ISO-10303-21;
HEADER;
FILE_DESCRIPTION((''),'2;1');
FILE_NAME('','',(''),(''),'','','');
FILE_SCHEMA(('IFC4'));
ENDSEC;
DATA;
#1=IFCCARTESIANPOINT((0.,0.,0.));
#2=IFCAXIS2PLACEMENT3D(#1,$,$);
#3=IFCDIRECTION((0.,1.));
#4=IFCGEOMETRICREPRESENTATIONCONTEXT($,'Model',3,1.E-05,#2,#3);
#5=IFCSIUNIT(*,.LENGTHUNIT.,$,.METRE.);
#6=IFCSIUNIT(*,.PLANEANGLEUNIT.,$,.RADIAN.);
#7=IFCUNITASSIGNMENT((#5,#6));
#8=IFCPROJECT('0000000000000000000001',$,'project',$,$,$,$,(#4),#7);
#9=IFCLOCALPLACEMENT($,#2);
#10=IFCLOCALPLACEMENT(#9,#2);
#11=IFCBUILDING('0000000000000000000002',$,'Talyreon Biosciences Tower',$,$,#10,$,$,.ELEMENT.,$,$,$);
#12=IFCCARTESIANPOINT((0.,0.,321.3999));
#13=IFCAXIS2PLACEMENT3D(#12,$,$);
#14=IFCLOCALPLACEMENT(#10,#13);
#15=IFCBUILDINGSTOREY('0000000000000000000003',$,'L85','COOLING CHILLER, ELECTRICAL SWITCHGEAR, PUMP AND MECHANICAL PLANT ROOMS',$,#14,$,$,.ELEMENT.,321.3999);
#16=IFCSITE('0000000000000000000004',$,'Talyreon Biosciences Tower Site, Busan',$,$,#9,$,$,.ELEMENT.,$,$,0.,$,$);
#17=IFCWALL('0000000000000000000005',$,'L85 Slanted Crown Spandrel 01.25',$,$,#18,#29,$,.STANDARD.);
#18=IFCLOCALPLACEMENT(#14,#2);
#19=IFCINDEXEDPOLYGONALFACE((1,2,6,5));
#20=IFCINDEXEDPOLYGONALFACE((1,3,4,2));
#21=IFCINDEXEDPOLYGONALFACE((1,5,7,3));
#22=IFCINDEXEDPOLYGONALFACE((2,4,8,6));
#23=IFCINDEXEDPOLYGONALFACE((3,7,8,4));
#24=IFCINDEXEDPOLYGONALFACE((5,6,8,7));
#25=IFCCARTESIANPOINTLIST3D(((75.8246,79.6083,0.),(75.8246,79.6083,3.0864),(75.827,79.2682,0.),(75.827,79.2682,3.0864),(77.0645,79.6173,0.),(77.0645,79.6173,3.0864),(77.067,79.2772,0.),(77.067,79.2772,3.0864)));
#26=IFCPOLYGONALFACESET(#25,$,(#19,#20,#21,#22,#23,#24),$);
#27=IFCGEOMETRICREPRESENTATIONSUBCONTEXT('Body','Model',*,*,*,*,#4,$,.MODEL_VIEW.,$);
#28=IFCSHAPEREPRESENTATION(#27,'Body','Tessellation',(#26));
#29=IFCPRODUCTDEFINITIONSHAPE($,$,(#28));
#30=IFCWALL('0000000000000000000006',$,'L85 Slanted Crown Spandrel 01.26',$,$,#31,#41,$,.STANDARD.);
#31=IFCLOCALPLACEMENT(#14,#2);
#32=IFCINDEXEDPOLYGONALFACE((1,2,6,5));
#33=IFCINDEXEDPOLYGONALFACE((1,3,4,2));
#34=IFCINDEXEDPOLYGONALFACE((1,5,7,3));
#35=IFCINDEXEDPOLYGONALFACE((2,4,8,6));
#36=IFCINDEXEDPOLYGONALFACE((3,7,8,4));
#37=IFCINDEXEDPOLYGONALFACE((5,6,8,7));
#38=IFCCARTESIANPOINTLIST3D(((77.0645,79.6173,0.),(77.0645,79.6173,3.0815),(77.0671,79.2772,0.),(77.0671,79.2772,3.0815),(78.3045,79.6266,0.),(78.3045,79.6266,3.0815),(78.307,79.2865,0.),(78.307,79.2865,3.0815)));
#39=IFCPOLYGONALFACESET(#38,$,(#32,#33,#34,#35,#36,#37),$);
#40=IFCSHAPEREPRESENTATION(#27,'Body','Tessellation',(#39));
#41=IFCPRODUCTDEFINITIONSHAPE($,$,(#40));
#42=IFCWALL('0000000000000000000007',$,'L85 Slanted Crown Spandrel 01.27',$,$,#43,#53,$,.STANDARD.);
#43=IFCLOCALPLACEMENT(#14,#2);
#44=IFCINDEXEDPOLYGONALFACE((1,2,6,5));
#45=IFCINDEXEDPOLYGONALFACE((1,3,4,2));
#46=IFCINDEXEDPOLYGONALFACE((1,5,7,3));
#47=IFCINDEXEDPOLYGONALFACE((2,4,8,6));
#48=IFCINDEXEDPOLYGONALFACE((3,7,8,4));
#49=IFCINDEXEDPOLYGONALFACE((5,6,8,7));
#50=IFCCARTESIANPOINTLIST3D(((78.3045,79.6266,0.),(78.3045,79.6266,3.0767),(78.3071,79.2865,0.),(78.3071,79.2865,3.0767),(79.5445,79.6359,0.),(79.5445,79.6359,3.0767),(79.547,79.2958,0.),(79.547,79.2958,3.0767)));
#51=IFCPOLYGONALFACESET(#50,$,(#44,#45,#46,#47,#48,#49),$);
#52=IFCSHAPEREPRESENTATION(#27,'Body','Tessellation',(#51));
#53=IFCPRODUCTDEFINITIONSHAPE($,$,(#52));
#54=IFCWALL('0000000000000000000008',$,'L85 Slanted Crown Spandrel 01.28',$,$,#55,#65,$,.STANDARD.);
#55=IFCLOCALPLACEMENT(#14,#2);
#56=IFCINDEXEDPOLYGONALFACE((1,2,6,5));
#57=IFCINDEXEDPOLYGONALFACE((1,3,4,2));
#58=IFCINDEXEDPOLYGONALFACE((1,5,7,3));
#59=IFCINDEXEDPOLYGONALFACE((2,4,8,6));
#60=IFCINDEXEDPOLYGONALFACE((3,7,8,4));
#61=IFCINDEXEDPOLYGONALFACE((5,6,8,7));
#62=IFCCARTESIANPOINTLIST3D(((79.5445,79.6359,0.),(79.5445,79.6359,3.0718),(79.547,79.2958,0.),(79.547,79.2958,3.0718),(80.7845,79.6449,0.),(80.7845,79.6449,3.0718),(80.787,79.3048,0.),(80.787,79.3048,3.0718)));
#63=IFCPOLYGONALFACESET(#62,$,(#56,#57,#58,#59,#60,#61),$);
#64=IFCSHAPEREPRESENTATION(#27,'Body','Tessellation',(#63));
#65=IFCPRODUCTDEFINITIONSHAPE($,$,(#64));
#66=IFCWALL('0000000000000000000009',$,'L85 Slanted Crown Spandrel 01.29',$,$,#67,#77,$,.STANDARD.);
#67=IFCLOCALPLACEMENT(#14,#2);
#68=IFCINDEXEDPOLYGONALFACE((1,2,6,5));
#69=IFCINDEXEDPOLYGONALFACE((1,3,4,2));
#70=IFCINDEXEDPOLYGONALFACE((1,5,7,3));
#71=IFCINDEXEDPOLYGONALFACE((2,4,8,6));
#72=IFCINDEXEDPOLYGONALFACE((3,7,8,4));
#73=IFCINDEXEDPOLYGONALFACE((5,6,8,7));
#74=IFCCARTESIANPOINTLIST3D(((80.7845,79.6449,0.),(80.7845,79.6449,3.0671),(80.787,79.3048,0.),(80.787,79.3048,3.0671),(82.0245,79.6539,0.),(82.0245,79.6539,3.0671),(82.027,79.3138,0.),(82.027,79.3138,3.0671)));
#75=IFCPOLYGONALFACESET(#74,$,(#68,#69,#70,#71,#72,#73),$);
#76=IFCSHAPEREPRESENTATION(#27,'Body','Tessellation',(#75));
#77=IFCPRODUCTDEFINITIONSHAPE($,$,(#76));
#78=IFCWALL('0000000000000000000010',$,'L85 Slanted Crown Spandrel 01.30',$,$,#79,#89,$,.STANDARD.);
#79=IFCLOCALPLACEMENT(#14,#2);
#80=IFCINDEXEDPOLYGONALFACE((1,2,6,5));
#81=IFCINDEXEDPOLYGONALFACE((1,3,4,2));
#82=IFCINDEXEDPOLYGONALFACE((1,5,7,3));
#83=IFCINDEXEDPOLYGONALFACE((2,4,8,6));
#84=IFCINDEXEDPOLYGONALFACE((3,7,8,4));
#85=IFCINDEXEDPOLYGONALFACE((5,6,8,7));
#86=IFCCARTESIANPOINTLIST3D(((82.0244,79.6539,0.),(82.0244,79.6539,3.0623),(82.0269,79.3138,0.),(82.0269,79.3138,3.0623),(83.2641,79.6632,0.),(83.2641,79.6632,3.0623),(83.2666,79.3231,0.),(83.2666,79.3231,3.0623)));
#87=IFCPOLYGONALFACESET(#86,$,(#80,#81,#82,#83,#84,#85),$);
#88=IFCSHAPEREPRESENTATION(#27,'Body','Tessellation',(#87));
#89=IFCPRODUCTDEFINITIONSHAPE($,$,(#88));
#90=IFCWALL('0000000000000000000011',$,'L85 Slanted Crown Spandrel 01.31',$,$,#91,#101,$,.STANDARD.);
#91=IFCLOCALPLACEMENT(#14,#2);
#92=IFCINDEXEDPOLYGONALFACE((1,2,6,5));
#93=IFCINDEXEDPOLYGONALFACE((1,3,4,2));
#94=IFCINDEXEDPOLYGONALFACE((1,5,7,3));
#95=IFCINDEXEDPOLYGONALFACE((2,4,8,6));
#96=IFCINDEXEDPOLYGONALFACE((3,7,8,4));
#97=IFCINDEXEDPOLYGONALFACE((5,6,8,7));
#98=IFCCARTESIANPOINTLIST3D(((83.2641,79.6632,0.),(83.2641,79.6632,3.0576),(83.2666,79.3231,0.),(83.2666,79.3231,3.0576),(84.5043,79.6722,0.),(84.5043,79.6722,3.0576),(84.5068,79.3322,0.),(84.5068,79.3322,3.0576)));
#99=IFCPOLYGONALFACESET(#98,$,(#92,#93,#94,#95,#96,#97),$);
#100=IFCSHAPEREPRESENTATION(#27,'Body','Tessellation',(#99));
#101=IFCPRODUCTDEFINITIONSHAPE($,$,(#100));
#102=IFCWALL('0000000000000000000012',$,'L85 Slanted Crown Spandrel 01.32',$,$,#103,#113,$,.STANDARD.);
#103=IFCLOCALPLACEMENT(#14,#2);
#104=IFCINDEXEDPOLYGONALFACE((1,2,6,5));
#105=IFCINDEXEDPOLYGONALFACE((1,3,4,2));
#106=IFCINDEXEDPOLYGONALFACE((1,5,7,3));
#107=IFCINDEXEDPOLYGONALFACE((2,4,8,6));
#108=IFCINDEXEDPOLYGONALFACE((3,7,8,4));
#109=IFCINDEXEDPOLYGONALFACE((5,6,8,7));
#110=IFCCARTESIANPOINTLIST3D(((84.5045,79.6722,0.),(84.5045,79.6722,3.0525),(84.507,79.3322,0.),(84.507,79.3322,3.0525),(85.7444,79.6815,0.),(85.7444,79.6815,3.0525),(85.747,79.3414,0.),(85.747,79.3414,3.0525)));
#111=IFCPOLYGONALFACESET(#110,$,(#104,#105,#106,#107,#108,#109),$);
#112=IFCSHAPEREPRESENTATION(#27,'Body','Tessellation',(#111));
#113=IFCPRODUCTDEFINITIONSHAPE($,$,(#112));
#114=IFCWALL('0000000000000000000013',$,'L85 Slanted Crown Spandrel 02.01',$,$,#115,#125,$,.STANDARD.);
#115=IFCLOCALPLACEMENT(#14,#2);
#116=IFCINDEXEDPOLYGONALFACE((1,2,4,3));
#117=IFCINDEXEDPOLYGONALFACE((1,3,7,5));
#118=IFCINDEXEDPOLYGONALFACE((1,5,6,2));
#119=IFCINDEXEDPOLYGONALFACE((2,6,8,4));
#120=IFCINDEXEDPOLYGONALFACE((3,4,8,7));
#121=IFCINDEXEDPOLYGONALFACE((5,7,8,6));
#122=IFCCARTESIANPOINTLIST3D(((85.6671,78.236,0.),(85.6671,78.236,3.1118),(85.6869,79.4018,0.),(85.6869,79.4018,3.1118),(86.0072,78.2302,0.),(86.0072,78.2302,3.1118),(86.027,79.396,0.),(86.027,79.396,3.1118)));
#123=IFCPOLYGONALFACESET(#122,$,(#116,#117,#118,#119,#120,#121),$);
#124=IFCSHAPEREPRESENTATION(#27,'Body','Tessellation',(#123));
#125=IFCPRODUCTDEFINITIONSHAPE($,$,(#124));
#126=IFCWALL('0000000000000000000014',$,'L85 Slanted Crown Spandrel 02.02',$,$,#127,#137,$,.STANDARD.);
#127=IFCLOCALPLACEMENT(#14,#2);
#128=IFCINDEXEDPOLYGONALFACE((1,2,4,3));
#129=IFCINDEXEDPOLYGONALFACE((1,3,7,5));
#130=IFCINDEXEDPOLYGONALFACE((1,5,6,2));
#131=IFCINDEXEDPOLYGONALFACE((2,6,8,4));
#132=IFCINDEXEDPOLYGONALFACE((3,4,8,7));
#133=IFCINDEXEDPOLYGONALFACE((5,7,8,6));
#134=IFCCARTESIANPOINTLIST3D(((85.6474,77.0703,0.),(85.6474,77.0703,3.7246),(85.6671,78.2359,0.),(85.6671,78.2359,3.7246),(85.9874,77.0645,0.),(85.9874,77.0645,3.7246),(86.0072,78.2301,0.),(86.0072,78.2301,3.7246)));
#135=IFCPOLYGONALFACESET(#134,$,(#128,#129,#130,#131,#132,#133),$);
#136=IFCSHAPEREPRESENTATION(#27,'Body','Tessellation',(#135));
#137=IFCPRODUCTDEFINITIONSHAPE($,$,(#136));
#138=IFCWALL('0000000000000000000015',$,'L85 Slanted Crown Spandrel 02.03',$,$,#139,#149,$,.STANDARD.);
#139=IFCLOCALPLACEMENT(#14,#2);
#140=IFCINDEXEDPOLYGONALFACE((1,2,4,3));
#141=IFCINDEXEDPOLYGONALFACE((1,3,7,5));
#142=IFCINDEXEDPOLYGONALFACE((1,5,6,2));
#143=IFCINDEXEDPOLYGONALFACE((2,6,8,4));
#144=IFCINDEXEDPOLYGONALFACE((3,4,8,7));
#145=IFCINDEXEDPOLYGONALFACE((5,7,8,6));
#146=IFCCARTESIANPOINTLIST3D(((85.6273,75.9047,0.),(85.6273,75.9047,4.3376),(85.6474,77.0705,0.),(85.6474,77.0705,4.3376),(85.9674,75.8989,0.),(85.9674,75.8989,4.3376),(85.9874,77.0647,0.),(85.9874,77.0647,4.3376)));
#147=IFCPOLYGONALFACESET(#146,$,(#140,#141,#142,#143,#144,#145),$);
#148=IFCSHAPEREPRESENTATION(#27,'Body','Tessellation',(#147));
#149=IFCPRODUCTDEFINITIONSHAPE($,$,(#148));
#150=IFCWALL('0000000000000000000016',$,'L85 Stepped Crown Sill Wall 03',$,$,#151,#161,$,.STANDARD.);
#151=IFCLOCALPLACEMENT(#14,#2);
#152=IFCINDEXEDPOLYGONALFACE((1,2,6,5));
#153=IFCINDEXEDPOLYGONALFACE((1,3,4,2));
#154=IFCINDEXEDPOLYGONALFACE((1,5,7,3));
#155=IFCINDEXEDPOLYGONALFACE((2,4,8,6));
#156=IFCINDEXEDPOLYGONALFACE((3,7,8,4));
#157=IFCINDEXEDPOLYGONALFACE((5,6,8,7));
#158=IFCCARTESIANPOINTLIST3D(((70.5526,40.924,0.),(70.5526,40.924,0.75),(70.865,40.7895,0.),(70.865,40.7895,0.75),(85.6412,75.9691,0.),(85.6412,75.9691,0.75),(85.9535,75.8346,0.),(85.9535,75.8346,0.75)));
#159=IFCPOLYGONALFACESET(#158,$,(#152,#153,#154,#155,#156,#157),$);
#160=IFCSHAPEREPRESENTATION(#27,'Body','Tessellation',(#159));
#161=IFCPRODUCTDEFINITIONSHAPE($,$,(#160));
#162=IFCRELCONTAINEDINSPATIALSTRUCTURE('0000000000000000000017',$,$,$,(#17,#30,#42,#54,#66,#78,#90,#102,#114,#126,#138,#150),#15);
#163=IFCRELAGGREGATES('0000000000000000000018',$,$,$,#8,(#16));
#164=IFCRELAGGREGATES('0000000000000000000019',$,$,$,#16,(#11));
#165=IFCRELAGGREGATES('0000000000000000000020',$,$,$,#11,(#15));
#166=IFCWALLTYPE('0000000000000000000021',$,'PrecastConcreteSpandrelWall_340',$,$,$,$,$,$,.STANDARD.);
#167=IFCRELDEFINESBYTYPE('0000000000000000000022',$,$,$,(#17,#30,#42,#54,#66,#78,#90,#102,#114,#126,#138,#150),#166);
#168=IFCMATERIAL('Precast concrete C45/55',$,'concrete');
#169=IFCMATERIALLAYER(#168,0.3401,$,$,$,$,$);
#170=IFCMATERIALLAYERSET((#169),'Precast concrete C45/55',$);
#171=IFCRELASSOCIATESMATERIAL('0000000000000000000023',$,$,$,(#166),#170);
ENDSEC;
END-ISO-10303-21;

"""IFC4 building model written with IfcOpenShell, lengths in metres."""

from ifc_helpers import new_model, si_unit, direction, frame, frame_2d, origin, place, context, subcontext, project, spatial, rectangle, extrude, material, layer, layer_set, type_object, element, save


model = new_model("IFC4")

# Units and contexts
model_context = context("Model", 3, precision=1e-05, world=origin(), true_north=direction((0.0, 1.0)))
body_context = subcontext(model_context, "Body", "Model", "MODEL_VIEW")
ifc_project = project(units=[si_unit("LENGTHUNIT", "METRE"), si_unit("PLANEANGLEUNIT", "RADIAN")], contexts=[model_context])

# Site, building, storey
site_placement = place(None, origin())
site = spatial("IfcSite", under=ifc_project, at=site_placement, Name="Talyreon Biosciences Tower Site, Busan", CompositionType="ELEMENT", RefElevation=0.0)
building_placement = place(site_placement, origin())
building = spatial("IfcBuilding", under=site, at=building_placement, Name="Talyreon Biosciences Tower", CompositionType="ELEMENT")
storey_placement = place(building_placement, frame((0.0, 0.0, 321.3999)))
storey = spatial("IfcBuildingStorey", under=building, at=storey_placement, Name="L85", Description="COOLING CHILLER, ELECTRICAL SWITCHGEAR, PUMP AND MECHANICAL PLANT ROOMS", CompositionType="ELEMENT", Elevation=321.3999)

# Walls
ifc_material_1 = material(Name="Precast concrete C45/55", Category="concrete")
ifc_layer_1 = layer(ifc_material_1, 0.3401)
ifc_layer_set_1 = layer_set([ifc_layer_1], Name="Precast concrete C45/55")
wall_type = type_object("IfcWallType", Name="PrecastConcreteSpandrelWall_340", PredefinedType="STANDARD", material=ifc_layer_set_1)
wall_1_placement = place(storey_placement, frame((75.8257, 79.4382, 0.0), z_axis=(0.0, 0.0, 1.0), x_axis=(0.999973, 0.007285, 0.0)))
element("IfcWall", 1, at=wall_1_placement, inside=storey, type_object=wall_type, Name="L85 Slanted Crown Spandrel 01.25", PredefinedType="STANDARD", context=body_context, shape_type="SweptSolid", body=[
    extrude(rectangle(XDim=1.24, YDim=0.3401, at=frame_2d((0.6201, 0.0))), origin(), (0.0, 0.0, 1.0), 3.0864),
])
wall_2_placement = place(storey_placement, frame((77.0657, 79.4473, 0.0), z_axis=(0.0, 0.0, 1.0), x_axis=(0.999972, 0.007482, 0.0)))
element("IfcWall", 2, at=wall_2_placement, inside=storey, type_object=wall_type, Name="L85 Slanted Crown Spandrel 01.26", PredefinedType="STANDARD", context=body_context, shape_type="SweptSolid", body=[
    extrude(rectangle(XDim=1.24, YDim=0.3401, at=frame_2d((0.6201, 0.0))), origin(), (0.0, 0.0, 1.0), 3.0815),
])
wall_3_placement = place(storey_placement, frame((78.3057, 79.4565, 0.0), z_axis=(0.0, 0.0, 1.0), x_axis=(0.999972, 0.007482, 0.0)))
element("IfcWall", 3, at=wall_3_placement, inside=storey, type_object=wall_type, Name="L85 Slanted Crown Spandrel 01.27", PredefinedType="STANDARD", context=body_context, shape_type="SweptSolid", body=[
    extrude(rectangle(XDim=1.24, YDim=0.3401, at=frame_2d((0.6201, 0.0))), origin(), (0.0, 0.0, 1.0), 3.0767),
])
wall_4_placement = place(storey_placement, frame((79.5457, 79.4658, 0.0), z_axis=(0.0, 0.0, 1.0), x_axis=(0.999973, 0.007285, 0.0)))
element("IfcWall", 4, at=wall_4_placement, inside=storey, type_object=wall_type, Name="L85 Slanted Crown Spandrel 01.28", PredefinedType="STANDARD", context=body_context, shape_type="SweptSolid", body=[
    extrude(rectangle(XDim=1.24, YDim=0.3401, at=frame_2d((0.6201, 0.0))), origin(), (0.0, 0.0, 1.0), 3.0718),
])
wall_5_placement = place(storey_placement, frame((80.7856, 79.4749, 0.0), z_axis=(0.0, 0.0, 1.0), x_axis=(0.999973, 0.007285, 0.0)))
element("IfcWall", 5, at=wall_5_placement, inside=storey, type_object=wall_type, Name="L85 Slanted Crown Spandrel 01.29", PredefinedType="STANDARD", context=body_context, shape_type="SweptSolid", body=[
    extrude(rectangle(XDim=1.24, YDim=0.3401, at=frame_2d((0.6201, 0.0))), origin(), (0.0, 0.0, 1.0), 3.0671),
])
wall_6_placement = place(storey_placement, frame((82.0256, 79.4839, 0.0), z_axis=(0.0, 0.0, 1.0), x_axis=(0.999972, 0.007483, 0.0)))
element("IfcWall", 6, at=wall_6_placement, inside=storey, type_object=wall_type, Name="L85 Slanted Crown Spandrel 01.30", PredefinedType="STANDARD", context=body_context, shape_type="SweptSolid", body=[
    extrude(rectangle(XDim=1.2397, YDim=0.3401, at=frame_2d((0.6199, 0.0))), origin(), (0.0, 0.0, 1.0), 3.0623),
])
wall_7_placement = place(storey_placement, frame((83.2654, 79.4932, 0.0), z_axis=(0.0, 0.0, 1.0), x_axis=(0.999973, 0.007283, 0.0)))
element("IfcWall", 7, at=wall_7_placement, inside=storey, type_object=wall_type, Name="L85 Slanted Crown Spandrel 01.31", PredefinedType="STANDARD", context=body_context, shape_type="SweptSolid", body=[
    extrude(rectangle(XDim=1.2402, YDim=0.3401, at=frame_2d((0.6201, 0.0))), origin(), (0.0, 0.0, 1.0), 3.0576),
])
wall_8_placement = place(storey_placement, frame((84.5056, 79.5022, 0.0), z_axis=(0.0, 0.0, 1.0), x_axis=(0.999972, 0.007482, 0.0)))
element("IfcWall", 8, at=wall_8_placement, inside=storey, type_object=wall_type, Name="L85 Slanted Crown Spandrel 01.32", PredefinedType="STANDARD", context=body_context, shape_type="SweptSolid", body=[
    extrude(rectangle(XDim=1.24, YDim=0.3401, at=frame_2d((0.6201, 0.0))), origin(), (0.0, 0.0, 1.0), 3.0525),
])
wall_9_placement = place(storey_placement, frame((85.8569, 79.3989, 0.0), z_axis=(0.0, 0.0, 1.0), x_axis=(-0.016961, -0.999856, 0.0)))
element("IfcWall", 9, at=wall_9_placement, inside=storey, type_object=wall_type, Name="L85 Slanted Crown Spandrel 02.01", PredefinedType="STANDARD", context=body_context, shape_type="SweptSolid", body=[
    extrude(rectangle(XDim=1.166, YDim=0.3401, at=frame_2d((0.583, 0.0))), origin(), (0.0, 0.0, 1.0), 3.1118),
])
wall_10_placement = place(storey_placement, frame((85.8372, 78.2332, 0.0), z_axis=(0.0, 0.0, 1.0), x_axis=(-0.016964, -0.999856, 0.0)))
element("IfcWall", 10, at=wall_10_placement, inside=storey, type_object=wall_type, Name="L85 Slanted Crown Spandrel 02.02", PredefinedType="STANDARD", context=body_context, shape_type="SweptSolid", body=[
    extrude(rectangle(XDim=1.1658, YDim=0.3401, at=frame_2d((0.583, 0.0))), origin(), (0.0, 0.0, 1.0), 3.7246),
])
wall_11_placement = place(storey_placement, frame((85.8174, 77.0676, 0.0), z_axis=(0.0, 0.0, 1.0), x_axis=(-0.01717, -0.999853, 0.0)))
element("IfcWall", 11, at=wall_11_placement, inside=storey, type_object=wall_type, Name="L85 Slanted Crown Spandrel 02.03", PredefinedType="STANDARD", context=body_context, shape_type="SweptSolid", body=[
    extrude(rectangle(XDim=1.166, YDim=0.3401, at=frame_2d((0.583, 0.0))), origin(), (0.0, 0.0, 1.0), 4.3376),
])
wall_12_placement = place(storey_placement, frame((85.7974, 75.9019, 0.0), z_axis=(0.0, 0.0, 1.0), x_axis=(-0.395452, -0.918486, 0.0)))
element("IfcWall", 12, at=wall_12_placement, inside=storey, type_object=wall_type, Name="L85 Stepped Crown Sill Wall 03", PredefinedType="STANDARD", context=body_context, shape_type="SweptSolid", body=[
    extrude(rectangle(XDim=38.1553, YDim=0.3401, at=frame_2d((19.0776, 0.0))), origin(), (0.0, 0.0, 1.0), 0.75),
])

save(model, "model.ifc")
